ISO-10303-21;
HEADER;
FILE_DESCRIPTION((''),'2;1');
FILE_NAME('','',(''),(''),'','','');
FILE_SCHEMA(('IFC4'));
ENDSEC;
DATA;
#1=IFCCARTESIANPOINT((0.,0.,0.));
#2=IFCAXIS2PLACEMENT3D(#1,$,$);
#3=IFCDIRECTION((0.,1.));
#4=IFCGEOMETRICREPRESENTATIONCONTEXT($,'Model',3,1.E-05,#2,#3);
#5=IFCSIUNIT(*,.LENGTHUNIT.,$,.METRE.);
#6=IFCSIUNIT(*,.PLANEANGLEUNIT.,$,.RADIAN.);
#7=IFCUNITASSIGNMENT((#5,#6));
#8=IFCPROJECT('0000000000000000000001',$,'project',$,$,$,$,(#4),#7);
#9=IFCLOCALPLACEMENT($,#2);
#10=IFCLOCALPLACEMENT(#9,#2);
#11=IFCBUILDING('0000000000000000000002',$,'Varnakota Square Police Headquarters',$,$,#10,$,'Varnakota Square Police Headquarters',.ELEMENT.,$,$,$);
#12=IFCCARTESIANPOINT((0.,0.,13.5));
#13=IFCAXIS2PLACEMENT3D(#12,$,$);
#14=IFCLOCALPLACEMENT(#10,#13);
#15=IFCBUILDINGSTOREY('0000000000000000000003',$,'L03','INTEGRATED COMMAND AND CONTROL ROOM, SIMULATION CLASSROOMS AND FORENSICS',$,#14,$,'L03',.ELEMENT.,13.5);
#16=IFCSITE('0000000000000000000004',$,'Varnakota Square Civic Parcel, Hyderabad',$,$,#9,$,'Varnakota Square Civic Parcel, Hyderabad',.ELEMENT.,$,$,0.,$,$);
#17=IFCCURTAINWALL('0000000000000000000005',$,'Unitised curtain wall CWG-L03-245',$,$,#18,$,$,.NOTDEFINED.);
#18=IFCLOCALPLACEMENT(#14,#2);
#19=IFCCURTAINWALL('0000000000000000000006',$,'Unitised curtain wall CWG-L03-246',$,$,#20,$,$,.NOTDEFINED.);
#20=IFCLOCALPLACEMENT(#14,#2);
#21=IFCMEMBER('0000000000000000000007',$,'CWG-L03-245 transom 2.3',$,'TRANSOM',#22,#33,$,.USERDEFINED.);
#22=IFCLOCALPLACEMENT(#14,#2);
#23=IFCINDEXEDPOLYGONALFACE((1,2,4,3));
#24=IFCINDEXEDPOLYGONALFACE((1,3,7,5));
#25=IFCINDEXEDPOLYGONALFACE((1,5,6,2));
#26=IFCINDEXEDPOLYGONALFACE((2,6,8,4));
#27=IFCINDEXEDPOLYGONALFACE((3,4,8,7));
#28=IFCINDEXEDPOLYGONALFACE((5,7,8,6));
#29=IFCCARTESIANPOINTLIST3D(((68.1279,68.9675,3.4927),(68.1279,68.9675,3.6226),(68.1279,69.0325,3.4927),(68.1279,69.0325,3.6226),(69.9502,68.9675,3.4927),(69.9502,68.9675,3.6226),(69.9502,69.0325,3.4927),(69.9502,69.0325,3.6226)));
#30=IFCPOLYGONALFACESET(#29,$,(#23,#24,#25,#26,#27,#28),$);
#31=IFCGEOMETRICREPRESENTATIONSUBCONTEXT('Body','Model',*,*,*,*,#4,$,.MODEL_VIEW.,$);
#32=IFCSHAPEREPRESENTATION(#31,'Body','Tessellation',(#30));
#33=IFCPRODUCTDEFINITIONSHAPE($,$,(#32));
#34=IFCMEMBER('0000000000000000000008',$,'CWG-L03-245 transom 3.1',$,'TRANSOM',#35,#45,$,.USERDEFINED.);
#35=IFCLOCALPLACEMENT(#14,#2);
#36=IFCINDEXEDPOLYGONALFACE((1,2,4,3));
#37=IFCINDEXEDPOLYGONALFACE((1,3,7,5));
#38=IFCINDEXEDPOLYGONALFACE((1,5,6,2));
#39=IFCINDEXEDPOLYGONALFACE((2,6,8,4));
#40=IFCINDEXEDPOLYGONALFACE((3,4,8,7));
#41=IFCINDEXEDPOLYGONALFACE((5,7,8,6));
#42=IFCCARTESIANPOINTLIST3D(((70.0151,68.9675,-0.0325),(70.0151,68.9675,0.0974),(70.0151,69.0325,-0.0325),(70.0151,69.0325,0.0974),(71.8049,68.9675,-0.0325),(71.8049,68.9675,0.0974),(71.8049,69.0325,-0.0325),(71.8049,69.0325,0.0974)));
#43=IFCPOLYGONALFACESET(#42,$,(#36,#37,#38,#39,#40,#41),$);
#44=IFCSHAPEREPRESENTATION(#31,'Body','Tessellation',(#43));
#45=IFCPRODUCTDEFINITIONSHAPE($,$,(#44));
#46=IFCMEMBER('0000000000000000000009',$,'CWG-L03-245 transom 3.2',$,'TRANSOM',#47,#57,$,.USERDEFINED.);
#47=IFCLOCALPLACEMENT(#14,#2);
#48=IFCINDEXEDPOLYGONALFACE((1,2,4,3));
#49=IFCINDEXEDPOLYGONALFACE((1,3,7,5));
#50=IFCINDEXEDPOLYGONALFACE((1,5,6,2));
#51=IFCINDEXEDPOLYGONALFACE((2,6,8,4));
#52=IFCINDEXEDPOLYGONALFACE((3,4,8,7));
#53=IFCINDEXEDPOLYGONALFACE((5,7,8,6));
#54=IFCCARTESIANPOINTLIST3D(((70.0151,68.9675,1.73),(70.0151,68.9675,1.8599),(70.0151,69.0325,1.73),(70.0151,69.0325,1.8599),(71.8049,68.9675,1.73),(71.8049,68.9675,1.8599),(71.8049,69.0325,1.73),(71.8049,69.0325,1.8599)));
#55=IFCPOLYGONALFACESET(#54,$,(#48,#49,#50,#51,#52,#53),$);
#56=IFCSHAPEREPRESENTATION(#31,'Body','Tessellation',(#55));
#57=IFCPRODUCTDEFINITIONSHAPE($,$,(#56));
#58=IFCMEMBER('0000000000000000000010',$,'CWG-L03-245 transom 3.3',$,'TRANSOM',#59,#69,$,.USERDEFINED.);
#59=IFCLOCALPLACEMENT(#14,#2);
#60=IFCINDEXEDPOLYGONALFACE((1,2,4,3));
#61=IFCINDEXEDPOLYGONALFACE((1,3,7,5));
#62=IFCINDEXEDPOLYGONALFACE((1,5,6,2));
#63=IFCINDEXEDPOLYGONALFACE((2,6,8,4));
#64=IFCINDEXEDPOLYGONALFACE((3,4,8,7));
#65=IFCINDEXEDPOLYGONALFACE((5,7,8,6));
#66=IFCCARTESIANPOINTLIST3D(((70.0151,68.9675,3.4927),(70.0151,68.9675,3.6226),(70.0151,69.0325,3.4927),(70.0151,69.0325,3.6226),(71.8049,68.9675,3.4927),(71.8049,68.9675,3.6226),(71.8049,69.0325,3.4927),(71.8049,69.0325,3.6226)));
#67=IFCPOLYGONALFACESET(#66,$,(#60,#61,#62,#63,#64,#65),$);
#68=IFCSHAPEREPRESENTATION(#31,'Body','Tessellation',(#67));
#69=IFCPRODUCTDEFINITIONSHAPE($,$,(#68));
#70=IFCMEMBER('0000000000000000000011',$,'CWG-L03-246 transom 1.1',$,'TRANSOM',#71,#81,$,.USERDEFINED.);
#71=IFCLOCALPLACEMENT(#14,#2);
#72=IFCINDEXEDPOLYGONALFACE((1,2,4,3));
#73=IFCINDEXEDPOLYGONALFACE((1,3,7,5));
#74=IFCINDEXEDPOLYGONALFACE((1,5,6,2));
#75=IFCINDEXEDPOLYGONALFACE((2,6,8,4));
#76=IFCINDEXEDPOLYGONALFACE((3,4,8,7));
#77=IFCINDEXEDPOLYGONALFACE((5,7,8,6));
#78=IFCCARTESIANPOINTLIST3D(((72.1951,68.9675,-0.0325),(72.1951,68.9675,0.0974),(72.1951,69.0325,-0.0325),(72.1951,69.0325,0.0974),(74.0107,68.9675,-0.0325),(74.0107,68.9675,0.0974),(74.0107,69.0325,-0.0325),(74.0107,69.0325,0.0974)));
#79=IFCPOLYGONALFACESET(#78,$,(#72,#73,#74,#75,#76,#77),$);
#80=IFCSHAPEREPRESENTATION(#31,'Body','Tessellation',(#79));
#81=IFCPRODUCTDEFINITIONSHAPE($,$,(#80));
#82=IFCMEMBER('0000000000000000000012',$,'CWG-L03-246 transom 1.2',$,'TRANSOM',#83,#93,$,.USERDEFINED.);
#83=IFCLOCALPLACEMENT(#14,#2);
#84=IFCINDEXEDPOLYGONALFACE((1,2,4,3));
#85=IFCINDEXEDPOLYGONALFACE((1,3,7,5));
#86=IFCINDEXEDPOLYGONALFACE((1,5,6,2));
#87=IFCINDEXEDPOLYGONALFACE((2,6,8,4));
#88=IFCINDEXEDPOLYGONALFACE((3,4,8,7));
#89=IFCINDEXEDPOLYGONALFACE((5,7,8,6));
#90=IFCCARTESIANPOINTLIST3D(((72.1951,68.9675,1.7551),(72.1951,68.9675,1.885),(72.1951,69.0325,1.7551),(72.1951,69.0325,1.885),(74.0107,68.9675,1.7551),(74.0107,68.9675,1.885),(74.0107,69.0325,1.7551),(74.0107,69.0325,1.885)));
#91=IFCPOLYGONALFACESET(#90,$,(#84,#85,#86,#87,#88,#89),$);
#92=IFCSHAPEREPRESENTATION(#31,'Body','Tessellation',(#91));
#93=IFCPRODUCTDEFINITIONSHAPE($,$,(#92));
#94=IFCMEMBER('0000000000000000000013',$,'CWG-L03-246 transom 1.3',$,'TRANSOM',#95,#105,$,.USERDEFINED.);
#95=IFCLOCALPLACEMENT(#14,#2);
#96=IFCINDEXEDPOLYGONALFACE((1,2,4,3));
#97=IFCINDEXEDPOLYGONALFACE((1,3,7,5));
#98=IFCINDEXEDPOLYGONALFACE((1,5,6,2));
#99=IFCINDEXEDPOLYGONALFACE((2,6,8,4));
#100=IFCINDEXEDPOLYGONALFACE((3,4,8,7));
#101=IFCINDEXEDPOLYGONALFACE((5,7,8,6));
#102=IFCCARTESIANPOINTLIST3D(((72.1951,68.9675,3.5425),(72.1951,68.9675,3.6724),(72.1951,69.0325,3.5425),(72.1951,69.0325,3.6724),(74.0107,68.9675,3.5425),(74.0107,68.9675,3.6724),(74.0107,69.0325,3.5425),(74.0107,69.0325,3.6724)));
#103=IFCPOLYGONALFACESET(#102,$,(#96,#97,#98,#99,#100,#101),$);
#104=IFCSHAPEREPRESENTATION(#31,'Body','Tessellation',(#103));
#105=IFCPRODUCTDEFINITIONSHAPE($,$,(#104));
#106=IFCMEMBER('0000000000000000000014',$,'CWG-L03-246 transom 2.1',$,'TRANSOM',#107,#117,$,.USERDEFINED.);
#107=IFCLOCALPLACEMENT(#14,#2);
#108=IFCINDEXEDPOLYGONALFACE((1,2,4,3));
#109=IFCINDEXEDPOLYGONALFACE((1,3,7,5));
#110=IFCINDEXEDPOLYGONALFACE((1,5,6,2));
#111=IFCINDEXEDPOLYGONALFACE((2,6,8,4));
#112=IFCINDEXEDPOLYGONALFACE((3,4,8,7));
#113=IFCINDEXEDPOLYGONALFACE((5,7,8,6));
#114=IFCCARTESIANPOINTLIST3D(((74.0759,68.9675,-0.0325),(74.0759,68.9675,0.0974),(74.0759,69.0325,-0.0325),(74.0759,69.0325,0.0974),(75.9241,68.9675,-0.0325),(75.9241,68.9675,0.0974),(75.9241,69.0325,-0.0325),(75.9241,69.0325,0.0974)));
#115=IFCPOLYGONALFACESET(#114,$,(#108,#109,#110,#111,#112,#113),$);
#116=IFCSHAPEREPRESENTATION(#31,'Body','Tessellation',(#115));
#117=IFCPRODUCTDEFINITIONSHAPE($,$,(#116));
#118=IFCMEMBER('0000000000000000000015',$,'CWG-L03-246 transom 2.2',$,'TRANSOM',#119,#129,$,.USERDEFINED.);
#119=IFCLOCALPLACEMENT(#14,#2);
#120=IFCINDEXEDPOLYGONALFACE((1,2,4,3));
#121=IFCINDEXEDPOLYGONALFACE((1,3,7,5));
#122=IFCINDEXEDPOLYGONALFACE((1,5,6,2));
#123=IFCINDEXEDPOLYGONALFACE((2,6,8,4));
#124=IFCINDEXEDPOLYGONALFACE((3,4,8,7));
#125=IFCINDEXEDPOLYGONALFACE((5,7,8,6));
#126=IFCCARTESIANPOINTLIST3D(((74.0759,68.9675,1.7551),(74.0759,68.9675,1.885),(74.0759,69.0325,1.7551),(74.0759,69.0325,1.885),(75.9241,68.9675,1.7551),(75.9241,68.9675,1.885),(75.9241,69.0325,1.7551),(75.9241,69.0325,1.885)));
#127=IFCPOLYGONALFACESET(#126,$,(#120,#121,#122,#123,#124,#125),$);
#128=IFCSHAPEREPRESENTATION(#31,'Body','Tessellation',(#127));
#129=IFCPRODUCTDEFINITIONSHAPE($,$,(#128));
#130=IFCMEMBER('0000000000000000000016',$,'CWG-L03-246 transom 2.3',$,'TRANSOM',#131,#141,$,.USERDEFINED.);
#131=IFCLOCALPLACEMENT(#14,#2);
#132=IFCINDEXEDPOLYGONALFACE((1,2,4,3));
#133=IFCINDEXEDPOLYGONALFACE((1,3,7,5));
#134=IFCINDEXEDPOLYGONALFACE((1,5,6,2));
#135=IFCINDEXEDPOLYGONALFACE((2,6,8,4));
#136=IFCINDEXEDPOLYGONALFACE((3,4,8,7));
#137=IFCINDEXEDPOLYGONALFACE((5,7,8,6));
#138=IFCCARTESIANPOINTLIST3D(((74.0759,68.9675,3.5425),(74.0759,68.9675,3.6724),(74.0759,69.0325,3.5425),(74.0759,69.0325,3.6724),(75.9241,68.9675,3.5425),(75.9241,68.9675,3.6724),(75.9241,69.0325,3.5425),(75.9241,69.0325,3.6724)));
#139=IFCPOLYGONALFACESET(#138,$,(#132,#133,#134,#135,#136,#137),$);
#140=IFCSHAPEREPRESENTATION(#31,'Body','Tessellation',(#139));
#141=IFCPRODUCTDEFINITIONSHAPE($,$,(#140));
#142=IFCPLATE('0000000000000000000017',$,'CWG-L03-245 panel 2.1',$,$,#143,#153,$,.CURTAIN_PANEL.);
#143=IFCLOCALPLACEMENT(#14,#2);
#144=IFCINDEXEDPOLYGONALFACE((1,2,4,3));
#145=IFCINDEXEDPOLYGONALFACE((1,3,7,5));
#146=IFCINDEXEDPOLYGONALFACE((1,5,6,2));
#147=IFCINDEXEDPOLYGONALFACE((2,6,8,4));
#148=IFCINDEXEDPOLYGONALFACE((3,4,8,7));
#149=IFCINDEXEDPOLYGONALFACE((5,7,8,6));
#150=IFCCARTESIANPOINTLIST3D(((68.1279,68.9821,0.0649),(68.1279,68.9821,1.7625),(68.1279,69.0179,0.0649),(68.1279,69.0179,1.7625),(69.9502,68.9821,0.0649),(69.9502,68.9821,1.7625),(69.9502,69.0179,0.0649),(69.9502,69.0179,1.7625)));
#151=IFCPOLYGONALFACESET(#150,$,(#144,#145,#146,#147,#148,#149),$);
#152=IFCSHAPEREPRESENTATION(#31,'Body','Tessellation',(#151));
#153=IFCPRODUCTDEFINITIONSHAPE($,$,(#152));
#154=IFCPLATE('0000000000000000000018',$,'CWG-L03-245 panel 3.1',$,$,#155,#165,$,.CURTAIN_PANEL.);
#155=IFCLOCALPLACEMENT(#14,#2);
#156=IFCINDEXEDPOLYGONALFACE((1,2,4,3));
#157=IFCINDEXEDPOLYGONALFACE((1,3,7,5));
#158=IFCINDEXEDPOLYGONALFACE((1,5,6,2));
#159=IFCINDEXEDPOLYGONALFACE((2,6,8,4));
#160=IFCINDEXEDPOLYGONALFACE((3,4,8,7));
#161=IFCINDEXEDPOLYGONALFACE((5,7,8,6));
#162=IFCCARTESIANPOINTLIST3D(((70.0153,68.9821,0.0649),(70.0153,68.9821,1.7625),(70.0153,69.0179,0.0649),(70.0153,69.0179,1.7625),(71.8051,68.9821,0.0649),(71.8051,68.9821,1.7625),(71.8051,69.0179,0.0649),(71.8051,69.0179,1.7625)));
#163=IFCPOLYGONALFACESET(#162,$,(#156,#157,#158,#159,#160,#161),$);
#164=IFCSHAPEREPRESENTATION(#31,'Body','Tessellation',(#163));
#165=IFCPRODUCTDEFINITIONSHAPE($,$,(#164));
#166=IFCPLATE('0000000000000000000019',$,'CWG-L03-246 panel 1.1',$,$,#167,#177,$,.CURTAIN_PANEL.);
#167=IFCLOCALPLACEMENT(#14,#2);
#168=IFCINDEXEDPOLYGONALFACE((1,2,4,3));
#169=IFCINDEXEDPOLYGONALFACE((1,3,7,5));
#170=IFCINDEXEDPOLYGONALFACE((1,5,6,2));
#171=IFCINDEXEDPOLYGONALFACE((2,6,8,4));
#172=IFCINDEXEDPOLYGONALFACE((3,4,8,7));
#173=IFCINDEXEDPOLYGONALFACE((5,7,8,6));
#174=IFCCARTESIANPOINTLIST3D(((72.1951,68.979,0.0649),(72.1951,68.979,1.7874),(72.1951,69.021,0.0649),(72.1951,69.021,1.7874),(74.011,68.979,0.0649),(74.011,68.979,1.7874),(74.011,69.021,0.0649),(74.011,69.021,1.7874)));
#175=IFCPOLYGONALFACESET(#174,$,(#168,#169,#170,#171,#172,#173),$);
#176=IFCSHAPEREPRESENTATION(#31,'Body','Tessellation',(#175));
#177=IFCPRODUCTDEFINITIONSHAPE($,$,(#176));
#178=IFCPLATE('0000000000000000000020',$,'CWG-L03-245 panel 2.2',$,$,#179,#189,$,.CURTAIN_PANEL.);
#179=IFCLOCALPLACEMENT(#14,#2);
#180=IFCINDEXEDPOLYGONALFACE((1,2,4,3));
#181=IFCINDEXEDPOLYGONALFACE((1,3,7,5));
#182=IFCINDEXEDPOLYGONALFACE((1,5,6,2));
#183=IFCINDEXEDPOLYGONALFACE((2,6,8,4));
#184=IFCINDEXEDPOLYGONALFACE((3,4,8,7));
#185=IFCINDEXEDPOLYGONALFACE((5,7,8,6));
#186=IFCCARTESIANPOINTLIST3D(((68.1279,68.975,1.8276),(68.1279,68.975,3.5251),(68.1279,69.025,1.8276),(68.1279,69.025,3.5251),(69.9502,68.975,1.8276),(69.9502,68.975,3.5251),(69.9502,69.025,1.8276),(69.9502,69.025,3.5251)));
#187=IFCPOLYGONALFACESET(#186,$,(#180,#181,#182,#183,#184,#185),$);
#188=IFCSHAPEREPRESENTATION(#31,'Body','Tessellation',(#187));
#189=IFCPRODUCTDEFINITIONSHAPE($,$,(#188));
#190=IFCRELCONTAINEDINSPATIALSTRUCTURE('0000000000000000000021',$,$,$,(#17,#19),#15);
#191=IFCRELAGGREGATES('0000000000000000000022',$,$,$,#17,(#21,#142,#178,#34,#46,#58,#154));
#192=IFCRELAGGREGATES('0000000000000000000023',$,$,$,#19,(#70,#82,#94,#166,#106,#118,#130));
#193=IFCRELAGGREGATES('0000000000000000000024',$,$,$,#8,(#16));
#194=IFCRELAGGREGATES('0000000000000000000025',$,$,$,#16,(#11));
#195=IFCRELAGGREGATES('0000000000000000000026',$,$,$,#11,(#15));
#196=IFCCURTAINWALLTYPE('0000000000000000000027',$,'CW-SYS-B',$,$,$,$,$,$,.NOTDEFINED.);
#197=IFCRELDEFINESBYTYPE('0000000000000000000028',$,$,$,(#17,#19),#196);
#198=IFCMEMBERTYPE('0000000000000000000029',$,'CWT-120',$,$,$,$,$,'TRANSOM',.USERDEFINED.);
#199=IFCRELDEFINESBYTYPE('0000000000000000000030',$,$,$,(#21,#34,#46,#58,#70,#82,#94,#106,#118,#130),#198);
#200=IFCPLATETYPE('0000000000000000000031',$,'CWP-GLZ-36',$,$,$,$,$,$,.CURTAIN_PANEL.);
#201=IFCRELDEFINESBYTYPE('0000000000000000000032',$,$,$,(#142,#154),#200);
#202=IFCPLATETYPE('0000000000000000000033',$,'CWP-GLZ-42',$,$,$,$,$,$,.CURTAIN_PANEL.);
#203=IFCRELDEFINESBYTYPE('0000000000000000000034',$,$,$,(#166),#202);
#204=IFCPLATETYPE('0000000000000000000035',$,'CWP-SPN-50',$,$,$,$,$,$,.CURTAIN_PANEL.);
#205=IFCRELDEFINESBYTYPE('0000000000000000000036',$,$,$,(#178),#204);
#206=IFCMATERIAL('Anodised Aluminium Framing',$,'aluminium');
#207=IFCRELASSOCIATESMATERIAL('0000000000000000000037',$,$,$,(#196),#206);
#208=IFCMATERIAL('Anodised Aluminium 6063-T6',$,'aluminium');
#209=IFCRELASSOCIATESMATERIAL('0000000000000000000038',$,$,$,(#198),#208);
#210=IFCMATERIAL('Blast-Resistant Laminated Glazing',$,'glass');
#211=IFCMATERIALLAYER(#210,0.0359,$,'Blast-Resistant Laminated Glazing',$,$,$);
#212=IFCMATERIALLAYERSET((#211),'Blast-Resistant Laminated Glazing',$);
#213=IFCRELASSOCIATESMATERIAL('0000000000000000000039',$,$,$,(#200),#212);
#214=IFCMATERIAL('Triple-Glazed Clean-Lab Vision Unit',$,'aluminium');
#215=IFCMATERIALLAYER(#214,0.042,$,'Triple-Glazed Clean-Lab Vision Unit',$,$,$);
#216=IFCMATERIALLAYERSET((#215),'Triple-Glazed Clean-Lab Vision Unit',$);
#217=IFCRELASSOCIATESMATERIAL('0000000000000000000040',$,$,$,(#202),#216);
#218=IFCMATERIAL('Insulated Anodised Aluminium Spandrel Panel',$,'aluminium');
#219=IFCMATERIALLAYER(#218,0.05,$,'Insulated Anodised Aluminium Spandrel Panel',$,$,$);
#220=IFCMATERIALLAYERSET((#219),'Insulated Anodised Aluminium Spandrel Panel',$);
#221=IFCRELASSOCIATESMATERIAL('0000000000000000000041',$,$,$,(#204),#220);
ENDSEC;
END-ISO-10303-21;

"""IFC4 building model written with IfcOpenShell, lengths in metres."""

from ifc_helpers import new_model, si_unit, direction, frame, origin, origin_2d, place, context, subcontext, project, spatial, rectangle, extrude, material, layer, layer_set, material_profile, profile_set, type_object, element, aggregate, save


model = new_model("IFC4")

# Units and contexts
model_context = context("Model", 3, precision=1e-05, world=origin(), true_north=direction((0.0, 1.0)))
body_context = subcontext(model_context, "Body", "Model", "MODEL_VIEW")
ifc_project = project(units=[si_unit("LENGTHUNIT", "METRE"), si_unit("PLANEANGLEUNIT", "RADIAN")], contexts=[model_context])

# Site, building, storey
site_placement = place(None, origin())
site = spatial("IfcSite", under=ifc_project, at=site_placement, Name="Varnakota Square Civic Parcel, Hyderabad", LongName="Varnakota Square Civic Parcel, Hyderabad", CompositionType="ELEMENT", RefElevation=0.0)
building_placement = place(site_placement, origin())
building = spatial("IfcBuilding", under=site, at=building_placement, Name="Varnakota Square Police Headquarters", LongName="Varnakota Square Police Headquarters", CompositionType="ELEMENT")
storey_placement = place(building_placement, frame((0.0, 0.0, 13.5)))
storey = spatial("IfcBuildingStorey", under=building, at=storey_placement, Name="L03", Description="INTEGRATED COMMAND AND CONTROL ROOM, SIMULATION CLASSROOMS AND FORENSICS", LongName="L03", CompositionType="ELEMENT", Elevation=13.5)

# Curtain walls
ifc_material_1 = material(Name="Anodised Aluminium Framing", Category="aluminium")
curtain_wall_type = type_object("IfcCurtainWallType", Name="CW-SYS-B", PredefinedType="NOTDEFINED", material=ifc_material_1)
curtain_wall_1_placement = place(storey_placement, origin())
curtain_wall_1 = element("IfcCurtainWall", 1, at=curtain_wall_1_placement, inside=storey, type_object=curtain_wall_type, Name="Unitised curtain wall CWG-L03-245", PredefinedType="NOTDEFINED")
ifc_material_2 = material(Name="Anodised Aluminium 6063-T6", Category="aluminium")
curtain_wall_2_placement = place(storey_placement, origin())
curtain_wall_2 = element("IfcCurtainWall", 2, at=curtain_wall_2_placement, inside=storey, type_object=curtain_wall_type, Name="Unitised curtain wall CWG-L03-246", PredefinedType="NOTDEFINED")

# Members
ifc_material_profile_1 = material_profile(ifc_material_2, rectangle(XDim=0.0649, YDim=0.1299, at=origin_2d()), Name="ALU TRANSOM 65x130")
ifc_profile_set_1 = profile_set([ifc_material_profile_1], Name="Anodised Aluminium 6063-T6")
member_type_1 = type_object("IfcMemberType", Name="CWT-120", ElementType="TRANSOM", PredefinedType="USERDEFINED", material=ifc_profile_set_1)
member_1_placement = place(storey_placement, frame((68.1279, 69.0, 3.5576), z_axis=(1.0, 0.0, 0.0), x_axis=(0.0, 1.0, 0.0)))
member_1 = element("IfcMember", 3, at=member_1_placement, type_object=member_type_1, Name="CWG-L03-245 transom 2.3", ObjectType="TRANSOM", PredefinedType="USERDEFINED", context=body_context, shape_type="SweptSolid", body=[
    extrude(rectangle(XDim=0.0649, YDim=0.1299, at=origin_2d()), origin(), (0.0, 0.0, 1.0), 1.8223),
])
member_2_placement = place(storey_placement, frame((70.0151, 69.0, 0.0325), z_axis=(1.0, 0.0, 0.0), x_axis=(0.0, 1.0, 0.0)))
member_2 = element("IfcMember", 4, at=member_2_placement, type_object=member_type_1, Name="CWG-L03-245 transom 3.1", ObjectType="TRANSOM", PredefinedType="USERDEFINED", context=body_context, shape_type="SweptSolid", body=[
    extrude(rectangle(XDim=0.0649, YDim=0.1299, at=origin_2d()), origin(), (0.0, 0.0, 1.0), 1.7898),
])
member_3_placement = place(storey_placement, frame((70.0151, 69.0, 1.7949), z_axis=(1.0, 0.0, 0.0), x_axis=(0.0, 1.0, 0.0)))
member_3 = element("IfcMember", 5, at=member_3_placement, type_object=member_type_1, Name="CWG-L03-245 transom 3.2", ObjectType="TRANSOM", PredefinedType="USERDEFINED", context=body_context, shape_type="SweptSolid", body=[
    extrude(rectangle(XDim=0.0649, YDim=0.1299, at=origin_2d()), origin(), (0.0, 0.0, 1.0), 1.7898),
])
member_4_placement = place(storey_placement, frame((70.0151, 69.0, 3.5576), z_axis=(1.0, 0.0, 0.0), x_axis=(0.0, 1.0, 0.0)))
member_4 = element("IfcMember", 6, at=member_4_placement, type_object=member_type_1, Name="CWG-L03-245 transom 3.3", ObjectType="TRANSOM", PredefinedType="USERDEFINED", context=body_context, shape_type="SweptSolid", body=[
    extrude(rectangle(XDim=0.0649, YDim=0.1299, at=origin_2d()), origin(), (0.0, 0.0, 1.0), 1.7898),
])
member_5_placement = place(storey_placement, frame((72.1951, 69.0, 0.0325), z_axis=(1.0, 0.0, 0.0), x_axis=(0.0, 1.0, 0.0)))
member_5 = element("IfcMember", 7, at=member_5_placement, type_object=member_type_1, Name="CWG-L03-246 transom 1.1", ObjectType="TRANSOM", PredefinedType="USERDEFINED", context=body_context, shape_type="SweptSolid", body=[
    extrude(rectangle(XDim=0.0649, YDim=0.1299, at=origin_2d()), origin(), (0.0, 0.0, 1.0), 1.8157),
])
member_6_placement = place(storey_placement, frame((72.1951, 69.0, 1.8201), z_axis=(1.0, 0.0, 0.0), x_axis=(0.0, 1.0, 0.0)))
member_6 = element("IfcMember", 8, at=member_6_placement, type_object=member_type_1, Name="CWG-L03-246 transom 1.2", ObjectType="TRANSOM", PredefinedType="USERDEFINED", context=body_context, shape_type="SweptSolid", body=[
    extrude(rectangle(XDim=0.0649, YDim=0.1299, at=origin_2d()), origin(), (0.0, 0.0, 1.0), 1.8157),
])
member_7_placement = place(storey_placement, frame((72.1951, 69.0, 3.6074), z_axis=(1.0, 0.0, 0.0), x_axis=(0.0, 1.0, 0.0)))
member_7 = element("IfcMember", 9, at=member_7_placement, type_object=member_type_1, Name="CWG-L03-246 transom 1.3", ObjectType="TRANSOM", PredefinedType="USERDEFINED", context=body_context, shape_type="SweptSolid", body=[
    extrude(rectangle(XDim=0.0649, YDim=0.1299, at=origin_2d()), origin(), (0.0, 0.0, 1.0), 1.8157),
])
member_8_placement = place(storey_placement, frame((74.0759, 69.0, 0.0325), z_axis=(1.0, 0.0, 0.0), x_axis=(0.0, 1.0, 0.0)))
member_8 = element("IfcMember", 10, at=member_8_placement, type_object=member_type_1, Name="CWG-L03-246 transom 2.1", ObjectType="TRANSOM", PredefinedType="USERDEFINED", context=body_context, shape_type="SweptSolid", body=[
    extrude(rectangle(XDim=0.0649, YDim=0.1299, at=origin_2d()), origin(), (0.0, 0.0, 1.0), 1.8481),
])
member_9_placement = place(storey_placement, frame((74.0759, 69.0, 1.8201), z_axis=(1.0, 0.0, 0.0), x_axis=(0.0, 1.0, 0.0)))
member_9 = element("IfcMember", 11, at=member_9_placement, type_object=member_type_1, Name="CWG-L03-246 transom 2.2", ObjectType="TRANSOM", PredefinedType="USERDEFINED", context=body_context, shape_type="SweptSolid", body=[
    extrude(rectangle(XDim=0.0649, YDim=0.1299, at=origin_2d()), origin(), (0.0, 0.0, 1.0), 1.8481),
])
member_10_placement = place(storey_placement, frame((74.0759, 69.0, 3.6074), z_axis=(1.0, 0.0, 0.0), x_axis=(0.0, 1.0, 0.0)))
member_10 = element("IfcMember", 12, at=member_10_placement, type_object=member_type_1, Name="CWG-L03-246 transom 2.3", ObjectType="TRANSOM", PredefinedType="USERDEFINED", context=body_context, shape_type="SweptSolid", body=[
    extrude(rectangle(XDim=0.0649, YDim=0.1299, at=origin_2d()), origin(), (0.0, 0.0, 1.0), 1.8481),
])

# Plates
ifc_material_3 = material(Name="Blast-Resistant Laminated Glazing", Category="glass")
ifc_layer_1 = layer(ifc_material_3, 0.0359, Name="Blast-Resistant Laminated Glazing")
ifc_layer_set_1 = layer_set([ifc_layer_1], Name="Blast-Resistant Laminated Glazing")
plate_type_1 = type_object("IfcPlateType", Name="CWP-GLZ-36", PredefinedType="CURTAIN_PANEL", material=ifc_layer_set_1)
plate_1_placement = place(storey_placement, frame((69.0391, 69.0, 0.0649), z_axis=(0.0, 0.0, 1.0), x_axis=(1.0, 0.0, 0.0)))
plate_1 = element("IfcPlate", 13, at=plate_1_placement, type_object=plate_type_1, Name="CWG-L03-245 panel 2.1", PredefinedType="CURTAIN_PANEL", context=body_context, shape_type="SweptSolid", body=[
    extrude(rectangle(XDim=1.8223, YDim=0.0359, at=origin_2d()), origin(), (0.0, 0.0, 1.0), 1.6975),
])
plate_2_placement = place(storey_placement, frame((70.9102, 69.0, 0.0649), z_axis=(0.0, 0.0, 1.0), x_axis=(1.0, 0.0, 0.0)))
plate_2 = element("IfcPlate", 14, at=plate_2_placement, type_object=plate_type_1, Name="CWG-L03-245 panel 3.1", PredefinedType="CURTAIN_PANEL", context=body_context, shape_type="SweptSolid", body=[
    extrude(rectangle(XDim=1.7898, YDim=0.0359, at=origin_2d()), origin(), (0.0, 0.0, 1.0), 1.6975),
])
ifc_material_4 = material(Name="Triple-Glazed Clean-Lab Vision Unit", Category="aluminium")
ifc_layer_2 = layer(ifc_material_4, 0.042, Name="Triple-Glazed Clean-Lab Vision Unit")
ifc_layer_set_2 = layer_set([ifc_layer_2], Name="Triple-Glazed Clean-Lab Vision Unit")
plate_type_2 = type_object("IfcPlateType", Name="CWP-GLZ-42", PredefinedType="CURTAIN_PANEL", material=ifc_layer_set_2)
plate_3_placement = place(storey_placement, frame((73.103, 69.0, 0.0649), z_axis=(0.0, 0.0, 1.0), x_axis=(1.0, 0.0, 0.0)))
plate_3 = element("IfcPlate", 15, at=plate_3_placement, type_object=plate_type_2, Name="CWG-L03-246 panel 1.1", PredefinedType="CURTAIN_PANEL", context=body_context, shape_type="SweptSolid", body=[
    extrude(rectangle(XDim=1.8159, YDim=0.042, at=origin_2d()), origin(), (0.0, 0.0, 1.0), 1.7224),
])
ifc_material_5 = material(Name="Insulated Anodised Aluminium Spandrel Panel", Category="aluminium")
ifc_layer_3 = layer(ifc_material_5, 0.05, Name="Insulated Anodised Aluminium Spandrel Panel")
ifc_layer_set_3 = layer_set([ifc_layer_3], Name="Insulated Anodised Aluminium Spandrel Panel")
plate_type_3 = type_object("IfcPlateType", Name="CWP-SPN-50", PredefinedType="CURTAIN_PANEL", material=ifc_layer_set_3)
plate_4_placement = place(storey_placement, frame((69.0391, 69.0, 1.8276), z_axis=(0.0, 0.0, 1.0), x_axis=(1.0, 0.0, 0.0)))
plate_4 = element("IfcPlate", 16, at=plate_4_placement, type_object=plate_type_3, Name="CWG-L03-245 panel 2.2", PredefinedType="CURTAIN_PANEL", context=body_context, shape_type="SweptSolid", body=[
    extrude(rectangle(XDim=1.8223, YDim=0.05, at=origin_2d()), origin(), (0.0, 0.0, 1.0), 1.6975),
])
aggregate(curtain_wall_1, [member_1, plate_1, plate_4, member_2, member_3, member_4, plate_2])
aggregate(curtain_wall_2, [member_5, member_6, member_7, plate_3, member_8, member_9, member_10])

save(model, "model.ifc")
